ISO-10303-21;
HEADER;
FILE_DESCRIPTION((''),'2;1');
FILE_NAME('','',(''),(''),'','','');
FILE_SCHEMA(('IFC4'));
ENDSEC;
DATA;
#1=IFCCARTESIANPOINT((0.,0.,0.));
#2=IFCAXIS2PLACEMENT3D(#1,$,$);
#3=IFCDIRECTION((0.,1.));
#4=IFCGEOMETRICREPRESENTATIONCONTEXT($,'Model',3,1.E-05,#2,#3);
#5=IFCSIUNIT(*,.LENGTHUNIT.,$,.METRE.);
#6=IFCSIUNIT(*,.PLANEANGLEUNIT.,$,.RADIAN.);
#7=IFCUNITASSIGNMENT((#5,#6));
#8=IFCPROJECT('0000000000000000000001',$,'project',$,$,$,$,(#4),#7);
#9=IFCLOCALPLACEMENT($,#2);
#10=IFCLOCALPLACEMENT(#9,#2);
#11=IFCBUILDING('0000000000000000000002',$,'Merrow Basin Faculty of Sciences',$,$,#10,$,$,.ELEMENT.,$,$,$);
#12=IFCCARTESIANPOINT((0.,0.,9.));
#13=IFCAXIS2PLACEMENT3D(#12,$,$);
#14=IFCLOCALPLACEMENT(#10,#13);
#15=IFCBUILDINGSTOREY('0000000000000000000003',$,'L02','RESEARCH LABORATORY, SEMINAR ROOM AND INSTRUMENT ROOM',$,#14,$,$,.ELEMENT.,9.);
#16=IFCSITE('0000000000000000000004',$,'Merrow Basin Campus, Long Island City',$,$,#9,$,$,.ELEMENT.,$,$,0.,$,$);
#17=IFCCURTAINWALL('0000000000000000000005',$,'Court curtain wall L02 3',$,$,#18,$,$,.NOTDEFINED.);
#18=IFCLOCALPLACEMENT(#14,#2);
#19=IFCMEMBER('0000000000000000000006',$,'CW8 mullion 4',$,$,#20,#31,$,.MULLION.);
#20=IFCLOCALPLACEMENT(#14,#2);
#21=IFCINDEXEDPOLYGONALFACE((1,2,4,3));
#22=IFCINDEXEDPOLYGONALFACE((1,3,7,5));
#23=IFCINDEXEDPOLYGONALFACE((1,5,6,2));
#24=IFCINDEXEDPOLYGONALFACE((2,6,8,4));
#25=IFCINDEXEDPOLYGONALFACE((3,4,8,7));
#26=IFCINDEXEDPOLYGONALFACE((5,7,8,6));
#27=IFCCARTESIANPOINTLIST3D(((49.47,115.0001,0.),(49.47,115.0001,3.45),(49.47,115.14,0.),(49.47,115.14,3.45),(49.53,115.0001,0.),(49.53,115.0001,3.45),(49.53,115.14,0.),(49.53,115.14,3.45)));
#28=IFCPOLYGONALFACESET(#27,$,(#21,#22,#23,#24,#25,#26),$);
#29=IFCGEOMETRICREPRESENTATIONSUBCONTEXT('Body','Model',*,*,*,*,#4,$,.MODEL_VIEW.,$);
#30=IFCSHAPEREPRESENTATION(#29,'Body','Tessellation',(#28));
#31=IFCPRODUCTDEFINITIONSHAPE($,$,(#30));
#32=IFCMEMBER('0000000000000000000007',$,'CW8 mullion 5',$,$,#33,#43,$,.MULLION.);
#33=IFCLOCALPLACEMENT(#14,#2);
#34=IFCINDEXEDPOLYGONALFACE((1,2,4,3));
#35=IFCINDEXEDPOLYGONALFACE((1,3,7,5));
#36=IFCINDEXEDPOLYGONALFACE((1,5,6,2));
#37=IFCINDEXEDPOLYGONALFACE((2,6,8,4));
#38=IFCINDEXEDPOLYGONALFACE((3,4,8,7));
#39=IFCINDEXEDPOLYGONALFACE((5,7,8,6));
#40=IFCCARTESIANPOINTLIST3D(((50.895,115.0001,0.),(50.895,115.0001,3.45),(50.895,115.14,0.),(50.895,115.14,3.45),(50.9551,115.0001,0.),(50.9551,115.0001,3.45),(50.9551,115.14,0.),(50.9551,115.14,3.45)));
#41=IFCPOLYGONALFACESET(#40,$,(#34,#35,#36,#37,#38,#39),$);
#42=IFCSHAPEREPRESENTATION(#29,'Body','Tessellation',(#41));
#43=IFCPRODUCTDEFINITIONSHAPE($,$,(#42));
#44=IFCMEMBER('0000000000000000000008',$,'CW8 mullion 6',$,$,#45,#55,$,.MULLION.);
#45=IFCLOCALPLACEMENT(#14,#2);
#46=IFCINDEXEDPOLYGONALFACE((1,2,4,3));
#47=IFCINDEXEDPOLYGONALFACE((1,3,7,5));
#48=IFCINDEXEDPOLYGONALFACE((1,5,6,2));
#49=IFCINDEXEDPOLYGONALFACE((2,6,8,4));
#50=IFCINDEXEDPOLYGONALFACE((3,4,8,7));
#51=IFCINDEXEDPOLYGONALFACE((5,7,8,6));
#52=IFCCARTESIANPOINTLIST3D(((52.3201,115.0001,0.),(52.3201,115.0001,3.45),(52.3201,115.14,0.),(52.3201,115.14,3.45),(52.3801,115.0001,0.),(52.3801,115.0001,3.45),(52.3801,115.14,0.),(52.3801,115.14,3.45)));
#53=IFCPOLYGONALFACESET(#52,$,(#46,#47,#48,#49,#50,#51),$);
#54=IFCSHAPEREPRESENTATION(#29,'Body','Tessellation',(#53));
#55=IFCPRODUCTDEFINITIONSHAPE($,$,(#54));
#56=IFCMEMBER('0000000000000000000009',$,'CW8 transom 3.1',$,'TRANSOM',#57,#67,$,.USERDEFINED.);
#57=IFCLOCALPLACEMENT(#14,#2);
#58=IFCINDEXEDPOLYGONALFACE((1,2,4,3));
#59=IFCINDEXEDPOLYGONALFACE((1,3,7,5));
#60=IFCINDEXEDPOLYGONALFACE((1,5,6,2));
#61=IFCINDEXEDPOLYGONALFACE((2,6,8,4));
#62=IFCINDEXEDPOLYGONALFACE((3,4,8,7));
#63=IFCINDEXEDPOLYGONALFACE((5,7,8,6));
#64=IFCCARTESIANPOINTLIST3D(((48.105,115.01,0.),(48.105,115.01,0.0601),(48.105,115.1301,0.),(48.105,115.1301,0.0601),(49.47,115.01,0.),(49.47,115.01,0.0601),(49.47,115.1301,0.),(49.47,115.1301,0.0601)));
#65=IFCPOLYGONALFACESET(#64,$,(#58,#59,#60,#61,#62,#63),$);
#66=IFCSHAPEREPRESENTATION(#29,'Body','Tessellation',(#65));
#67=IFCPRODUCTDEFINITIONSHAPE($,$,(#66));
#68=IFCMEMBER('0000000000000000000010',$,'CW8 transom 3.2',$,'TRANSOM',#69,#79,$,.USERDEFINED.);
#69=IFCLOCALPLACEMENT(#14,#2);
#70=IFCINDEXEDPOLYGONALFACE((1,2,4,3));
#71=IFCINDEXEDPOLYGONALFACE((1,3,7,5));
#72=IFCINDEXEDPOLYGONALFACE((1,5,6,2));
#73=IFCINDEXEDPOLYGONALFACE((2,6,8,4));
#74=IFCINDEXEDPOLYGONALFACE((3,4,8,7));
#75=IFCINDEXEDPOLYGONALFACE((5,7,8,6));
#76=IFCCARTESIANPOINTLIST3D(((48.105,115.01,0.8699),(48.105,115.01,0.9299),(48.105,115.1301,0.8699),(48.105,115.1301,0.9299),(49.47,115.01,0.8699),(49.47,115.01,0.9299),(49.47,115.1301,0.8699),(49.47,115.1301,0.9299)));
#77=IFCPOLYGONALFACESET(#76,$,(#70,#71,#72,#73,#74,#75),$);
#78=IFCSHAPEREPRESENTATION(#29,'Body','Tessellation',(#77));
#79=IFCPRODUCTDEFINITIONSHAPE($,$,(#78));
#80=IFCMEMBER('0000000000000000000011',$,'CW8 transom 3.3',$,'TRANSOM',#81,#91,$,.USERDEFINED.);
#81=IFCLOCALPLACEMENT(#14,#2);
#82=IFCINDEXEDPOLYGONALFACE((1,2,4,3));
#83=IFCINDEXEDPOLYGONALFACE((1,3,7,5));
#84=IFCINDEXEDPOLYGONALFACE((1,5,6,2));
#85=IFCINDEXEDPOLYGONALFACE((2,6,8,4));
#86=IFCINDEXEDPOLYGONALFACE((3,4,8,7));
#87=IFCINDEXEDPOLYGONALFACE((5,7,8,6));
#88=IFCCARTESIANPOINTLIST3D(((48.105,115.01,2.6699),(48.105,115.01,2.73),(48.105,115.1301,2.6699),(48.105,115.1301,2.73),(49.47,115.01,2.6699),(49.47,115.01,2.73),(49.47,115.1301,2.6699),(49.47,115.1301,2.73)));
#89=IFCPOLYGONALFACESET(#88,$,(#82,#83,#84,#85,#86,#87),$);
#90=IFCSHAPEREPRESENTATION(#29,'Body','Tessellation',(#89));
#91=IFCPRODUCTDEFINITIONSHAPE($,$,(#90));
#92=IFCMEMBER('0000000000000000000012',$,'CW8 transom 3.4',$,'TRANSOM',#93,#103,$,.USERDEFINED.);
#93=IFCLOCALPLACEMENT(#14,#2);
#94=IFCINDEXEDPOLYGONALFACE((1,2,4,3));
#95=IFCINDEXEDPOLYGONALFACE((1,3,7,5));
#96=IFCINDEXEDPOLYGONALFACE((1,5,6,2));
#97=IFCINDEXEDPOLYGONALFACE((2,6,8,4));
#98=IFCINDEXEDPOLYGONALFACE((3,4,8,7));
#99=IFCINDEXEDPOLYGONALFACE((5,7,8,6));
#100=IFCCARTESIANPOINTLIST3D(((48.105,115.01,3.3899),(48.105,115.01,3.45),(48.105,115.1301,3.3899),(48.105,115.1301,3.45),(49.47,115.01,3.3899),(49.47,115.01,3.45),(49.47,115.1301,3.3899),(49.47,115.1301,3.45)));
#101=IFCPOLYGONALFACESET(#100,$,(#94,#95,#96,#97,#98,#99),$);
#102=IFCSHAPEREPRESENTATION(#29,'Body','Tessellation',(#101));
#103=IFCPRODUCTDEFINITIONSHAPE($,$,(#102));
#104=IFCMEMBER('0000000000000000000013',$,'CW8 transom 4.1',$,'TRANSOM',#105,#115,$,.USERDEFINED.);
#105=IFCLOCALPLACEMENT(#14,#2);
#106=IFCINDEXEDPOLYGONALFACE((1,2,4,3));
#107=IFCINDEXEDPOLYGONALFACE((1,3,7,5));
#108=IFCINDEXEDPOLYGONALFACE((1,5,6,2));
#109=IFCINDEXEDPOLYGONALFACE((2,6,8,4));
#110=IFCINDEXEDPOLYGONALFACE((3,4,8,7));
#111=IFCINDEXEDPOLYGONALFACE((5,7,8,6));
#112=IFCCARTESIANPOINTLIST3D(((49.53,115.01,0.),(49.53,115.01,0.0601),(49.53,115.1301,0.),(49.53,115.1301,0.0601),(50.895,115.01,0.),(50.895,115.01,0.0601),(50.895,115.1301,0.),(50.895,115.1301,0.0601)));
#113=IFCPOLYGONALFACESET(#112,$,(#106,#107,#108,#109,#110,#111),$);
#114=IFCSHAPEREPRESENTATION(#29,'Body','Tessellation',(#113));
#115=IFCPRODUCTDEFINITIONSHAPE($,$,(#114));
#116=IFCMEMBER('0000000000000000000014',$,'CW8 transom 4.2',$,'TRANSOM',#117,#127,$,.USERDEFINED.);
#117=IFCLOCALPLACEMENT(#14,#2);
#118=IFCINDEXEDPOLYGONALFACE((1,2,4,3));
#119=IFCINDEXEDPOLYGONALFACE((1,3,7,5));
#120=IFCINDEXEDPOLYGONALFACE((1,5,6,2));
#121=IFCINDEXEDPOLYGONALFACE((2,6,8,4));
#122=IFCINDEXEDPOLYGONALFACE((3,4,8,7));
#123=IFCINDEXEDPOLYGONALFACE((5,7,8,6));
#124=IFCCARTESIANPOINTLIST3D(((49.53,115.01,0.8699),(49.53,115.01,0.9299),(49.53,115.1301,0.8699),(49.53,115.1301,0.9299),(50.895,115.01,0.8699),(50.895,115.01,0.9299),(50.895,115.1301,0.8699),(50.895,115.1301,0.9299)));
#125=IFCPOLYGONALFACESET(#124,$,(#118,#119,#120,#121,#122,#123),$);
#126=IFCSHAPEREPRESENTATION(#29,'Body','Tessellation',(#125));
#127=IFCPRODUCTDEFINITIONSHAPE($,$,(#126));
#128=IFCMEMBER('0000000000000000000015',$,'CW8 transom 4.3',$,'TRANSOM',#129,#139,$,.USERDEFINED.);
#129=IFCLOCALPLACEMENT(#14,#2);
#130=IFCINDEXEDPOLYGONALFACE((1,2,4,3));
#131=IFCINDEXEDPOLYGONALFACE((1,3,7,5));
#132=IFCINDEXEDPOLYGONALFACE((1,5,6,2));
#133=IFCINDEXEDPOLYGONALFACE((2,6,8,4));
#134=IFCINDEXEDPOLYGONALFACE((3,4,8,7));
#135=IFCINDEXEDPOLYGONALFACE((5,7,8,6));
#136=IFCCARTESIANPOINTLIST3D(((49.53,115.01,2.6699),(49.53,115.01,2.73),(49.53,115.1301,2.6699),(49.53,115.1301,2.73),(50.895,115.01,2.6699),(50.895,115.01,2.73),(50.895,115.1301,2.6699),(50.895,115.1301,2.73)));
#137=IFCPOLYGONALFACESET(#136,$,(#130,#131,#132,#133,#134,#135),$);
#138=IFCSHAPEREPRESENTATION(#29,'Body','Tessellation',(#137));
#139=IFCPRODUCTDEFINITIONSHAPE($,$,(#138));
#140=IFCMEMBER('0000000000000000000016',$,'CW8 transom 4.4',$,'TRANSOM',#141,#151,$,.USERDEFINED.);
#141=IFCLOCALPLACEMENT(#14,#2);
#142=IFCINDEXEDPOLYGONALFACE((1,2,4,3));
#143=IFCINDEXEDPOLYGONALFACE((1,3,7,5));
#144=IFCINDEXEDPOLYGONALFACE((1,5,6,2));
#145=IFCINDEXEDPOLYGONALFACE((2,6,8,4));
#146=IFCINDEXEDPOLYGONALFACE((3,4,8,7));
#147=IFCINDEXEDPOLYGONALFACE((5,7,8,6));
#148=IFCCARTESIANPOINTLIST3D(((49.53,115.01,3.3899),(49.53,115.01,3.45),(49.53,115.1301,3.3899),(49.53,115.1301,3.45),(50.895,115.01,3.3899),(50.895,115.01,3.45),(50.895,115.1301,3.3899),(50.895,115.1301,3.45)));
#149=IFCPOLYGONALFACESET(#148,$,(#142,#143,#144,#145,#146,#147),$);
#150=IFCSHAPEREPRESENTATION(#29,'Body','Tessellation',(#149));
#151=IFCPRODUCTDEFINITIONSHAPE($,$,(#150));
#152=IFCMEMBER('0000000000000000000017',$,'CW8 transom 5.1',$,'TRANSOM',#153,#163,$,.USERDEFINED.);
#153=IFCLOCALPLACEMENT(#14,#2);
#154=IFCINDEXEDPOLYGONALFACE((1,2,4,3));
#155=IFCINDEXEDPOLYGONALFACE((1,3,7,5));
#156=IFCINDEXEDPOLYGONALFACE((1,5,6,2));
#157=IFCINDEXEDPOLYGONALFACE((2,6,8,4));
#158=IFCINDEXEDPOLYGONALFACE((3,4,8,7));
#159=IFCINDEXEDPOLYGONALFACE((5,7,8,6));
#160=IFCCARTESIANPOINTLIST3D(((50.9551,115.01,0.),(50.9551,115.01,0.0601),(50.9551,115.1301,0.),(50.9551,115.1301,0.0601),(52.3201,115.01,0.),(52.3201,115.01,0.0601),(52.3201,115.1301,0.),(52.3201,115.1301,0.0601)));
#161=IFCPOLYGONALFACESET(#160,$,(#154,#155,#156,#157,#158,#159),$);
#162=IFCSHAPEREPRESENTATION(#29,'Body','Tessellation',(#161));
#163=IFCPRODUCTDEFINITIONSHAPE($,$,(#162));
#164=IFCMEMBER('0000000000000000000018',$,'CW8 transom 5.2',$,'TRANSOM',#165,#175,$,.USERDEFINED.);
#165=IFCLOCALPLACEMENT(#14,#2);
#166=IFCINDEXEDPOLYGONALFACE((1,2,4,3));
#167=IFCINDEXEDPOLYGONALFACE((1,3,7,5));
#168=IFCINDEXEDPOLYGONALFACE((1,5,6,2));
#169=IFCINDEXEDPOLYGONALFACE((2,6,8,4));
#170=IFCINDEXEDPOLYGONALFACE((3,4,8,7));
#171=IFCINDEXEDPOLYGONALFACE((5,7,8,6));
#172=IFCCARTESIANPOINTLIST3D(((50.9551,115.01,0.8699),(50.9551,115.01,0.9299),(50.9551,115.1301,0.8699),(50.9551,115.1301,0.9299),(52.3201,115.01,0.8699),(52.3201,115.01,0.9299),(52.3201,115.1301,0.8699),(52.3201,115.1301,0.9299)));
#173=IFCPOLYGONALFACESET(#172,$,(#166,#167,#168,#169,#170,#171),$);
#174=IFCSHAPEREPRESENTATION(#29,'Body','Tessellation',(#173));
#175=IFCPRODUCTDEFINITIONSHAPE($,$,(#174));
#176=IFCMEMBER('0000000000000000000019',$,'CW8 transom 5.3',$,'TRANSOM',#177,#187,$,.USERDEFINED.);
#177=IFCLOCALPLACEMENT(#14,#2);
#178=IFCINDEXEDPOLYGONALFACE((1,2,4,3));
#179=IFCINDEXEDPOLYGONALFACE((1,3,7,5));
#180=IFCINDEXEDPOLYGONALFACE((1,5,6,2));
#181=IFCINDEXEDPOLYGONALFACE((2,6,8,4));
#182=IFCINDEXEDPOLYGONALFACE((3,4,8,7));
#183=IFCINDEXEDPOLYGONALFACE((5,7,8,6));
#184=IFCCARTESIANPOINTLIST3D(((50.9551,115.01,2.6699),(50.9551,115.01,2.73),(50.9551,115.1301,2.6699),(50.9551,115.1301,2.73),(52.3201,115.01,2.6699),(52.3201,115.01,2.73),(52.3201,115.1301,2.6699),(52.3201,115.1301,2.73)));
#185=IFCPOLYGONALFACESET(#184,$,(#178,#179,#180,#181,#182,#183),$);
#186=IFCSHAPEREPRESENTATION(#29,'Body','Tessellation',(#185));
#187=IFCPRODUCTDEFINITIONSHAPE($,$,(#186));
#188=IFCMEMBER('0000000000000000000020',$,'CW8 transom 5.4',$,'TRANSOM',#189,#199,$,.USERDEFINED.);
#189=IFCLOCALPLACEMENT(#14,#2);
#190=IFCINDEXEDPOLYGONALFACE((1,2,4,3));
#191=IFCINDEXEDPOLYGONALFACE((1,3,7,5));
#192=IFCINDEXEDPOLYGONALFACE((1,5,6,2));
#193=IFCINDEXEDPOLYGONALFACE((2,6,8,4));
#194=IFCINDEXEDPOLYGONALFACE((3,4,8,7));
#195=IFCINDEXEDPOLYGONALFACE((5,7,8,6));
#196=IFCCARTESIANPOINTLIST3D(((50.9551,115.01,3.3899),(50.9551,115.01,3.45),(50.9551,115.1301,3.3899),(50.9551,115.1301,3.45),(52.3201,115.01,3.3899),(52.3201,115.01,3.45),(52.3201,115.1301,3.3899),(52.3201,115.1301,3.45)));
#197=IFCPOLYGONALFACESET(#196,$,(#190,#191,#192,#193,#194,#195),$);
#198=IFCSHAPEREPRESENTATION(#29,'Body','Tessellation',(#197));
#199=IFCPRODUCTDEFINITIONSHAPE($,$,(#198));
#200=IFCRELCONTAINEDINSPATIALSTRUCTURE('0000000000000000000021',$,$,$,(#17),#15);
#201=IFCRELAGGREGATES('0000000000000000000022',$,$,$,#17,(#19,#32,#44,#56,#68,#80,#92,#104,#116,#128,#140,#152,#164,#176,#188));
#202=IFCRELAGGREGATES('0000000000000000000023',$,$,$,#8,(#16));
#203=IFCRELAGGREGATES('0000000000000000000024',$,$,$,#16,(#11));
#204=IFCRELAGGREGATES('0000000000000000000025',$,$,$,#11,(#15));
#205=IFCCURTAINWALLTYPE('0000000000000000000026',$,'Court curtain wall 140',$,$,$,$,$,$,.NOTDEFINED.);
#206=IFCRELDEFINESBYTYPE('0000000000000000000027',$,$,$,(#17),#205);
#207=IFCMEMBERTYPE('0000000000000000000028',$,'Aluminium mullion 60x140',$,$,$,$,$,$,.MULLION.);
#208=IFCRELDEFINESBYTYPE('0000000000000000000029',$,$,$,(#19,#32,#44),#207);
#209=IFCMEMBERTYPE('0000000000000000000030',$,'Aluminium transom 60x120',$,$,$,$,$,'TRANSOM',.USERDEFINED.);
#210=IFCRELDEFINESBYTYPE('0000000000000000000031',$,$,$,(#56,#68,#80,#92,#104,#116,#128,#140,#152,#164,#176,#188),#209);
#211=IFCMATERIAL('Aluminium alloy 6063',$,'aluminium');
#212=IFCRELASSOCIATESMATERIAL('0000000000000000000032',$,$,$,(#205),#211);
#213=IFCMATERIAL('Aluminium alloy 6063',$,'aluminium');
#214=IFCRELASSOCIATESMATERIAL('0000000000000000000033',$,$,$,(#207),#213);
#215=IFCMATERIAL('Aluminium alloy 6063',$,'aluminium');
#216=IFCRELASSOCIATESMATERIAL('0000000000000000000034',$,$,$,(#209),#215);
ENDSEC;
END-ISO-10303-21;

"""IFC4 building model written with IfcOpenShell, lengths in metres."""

from ifc_helpers import new_model, si_unit, direction, frame, origin, origin_2d, place, context, subcontext, project, spatial, rectangle, extrude, material, material_profile, profile_set, type_object, element, aggregate, save


model = new_model("IFC4")

# Units and contexts
model_context = context("Model", 3, precision=1e-05, world=origin(), true_north=direction((0.0, 1.0)))
body_context = subcontext(model_context, "Body", "Model", "MODEL_VIEW")
ifc_project = project(units=[si_unit("LENGTHUNIT", "METRE"), si_unit("PLANEANGLEUNIT", "RADIAN")], contexts=[model_context])

# Site, building, storey
site_placement = place(None, origin())
site = spatial("IfcSite", under=ifc_project, at=site_placement, Name="Merrow Basin Campus, Long Island City", CompositionType="ELEMENT", RefElevation=0.0)
building_placement = place(site_placement, origin())
building = spatial("IfcBuilding", under=site, at=building_placement, Name="Merrow Basin Faculty of Sciences", CompositionType="ELEMENT")
storey_placement = place(building_placement, frame((0.0, 0.0, 9.0)))
storey = spatial("IfcBuildingStorey", under=building, at=storey_placement, Name="L02", Description="RESEARCH LABORATORY, SEMINAR ROOM AND INSTRUMENT ROOM", CompositionType="ELEMENT", Elevation=9.0)

# Curtain wall, members
ifc_material_1 = material(Name="Aluminium alloy 6063", Category="aluminium")
curtain_wall_type = type_object("IfcCurtainWallType", Name="Court curtain wall 140", PredefinedType="NOTDEFINED", material=ifc_material_1)
curtain_wall_placement = place(storey_placement, origin())
curtain_wall = element("IfcCurtainWall", 1, at=curtain_wall_placement, inside=storey, type_object=curtain_wall_type, Name="Court curtain wall L02 3", PredefinedType="NOTDEFINED")
ifc_material_2 = material(Name="Aluminium alloy 6063", Category="aluminium")
ifc_material_profile_1 = material_profile(ifc_material_2, rectangle(XDim=0.1399, YDim=0.0601, at=origin_2d()))
ifc_profile_set_1 = profile_set([ifc_material_profile_1], Name="Aluminium alloy 6063")
member_type_1 = type_object("IfcMemberType", Name="Aluminium mullion 60x140", PredefinedType="MULLION", material=ifc_profile_set_1)
member_1_placement = place(storey_placement, frame((49.5, 115.0701, 0.0), z_axis=(0.0, 0.0, 1.0), x_axis=(0.0, 1.0, 0.0)))
member_1 = element("IfcMember", 2, at=member_1_placement, type_object=member_type_1, Name="CW8 mullion 4", PredefinedType="MULLION", context=body_context, shape_type="SweptSolid", body=[
    extrude(rectangle(XDim=0.1399, YDim=0.0601, at=origin_2d()), origin(), (0.0, 0.0, 1.0), 3.45),
])
member_2_placement = place(storey_placement, frame((50.925, 115.0701, 0.0), z_axis=(0.0, 0.0, 1.0), x_axis=(0.0, 1.0, 0.0)))
member_2 = element("IfcMember", 3, at=member_2_placement, type_object=member_type_1, Name="CW8 mullion 5", PredefinedType="MULLION", context=body_context, shape_type="SweptSolid", body=[
    extrude(rectangle(XDim=0.1399, YDim=0.0601, at=origin_2d()), origin(), (0.0, 0.0, 1.0), 3.45),
])
member_3_placement = place(storey_placement, frame((52.3501, 115.0701, 0.0), z_axis=(0.0, 0.0, 1.0), x_axis=(0.0, 1.0, 0.0)))
member_3 = element("IfcMember", 4, at=member_3_placement, type_object=member_type_1, Name="CW8 mullion 6", PredefinedType="MULLION", context=body_context, shape_type="SweptSolid", body=[
    extrude(rectangle(XDim=0.1399, YDim=0.0601, at=origin_2d()), origin(), (0.0, 0.0, 1.0), 3.45),
])
ifc_material_3 = material(Name="Aluminium alloy 6063", Category="aluminium")
ifc_material_profile_2 = material_profile(ifc_material_3, rectangle(XDim=0.1201, YDim=0.0601, at=origin_2d()))
ifc_profile_set_2 = profile_set([ifc_material_profile_2], Name="Aluminium alloy 6063")
member_type_2 = type_object("IfcMemberType", Name="Aluminium transom 60x120", ElementType="TRANSOM", PredefinedType="USERDEFINED", material=ifc_profile_set_2)
member_4_placement = place(storey_placement, frame((48.105, 115.0701, 0.03), z_axis=(1.0, 0.0, 0.0), x_axis=(0.0, 1.0, 0.0)))
member_4 = element("IfcMember", 5, at=member_4_placement, type_object=member_type_2, Name="CW8 transom 3.1", ObjectType="TRANSOM", PredefinedType="USERDEFINED", context=body_context, shape_type="SweptSolid", body=[
    extrude(rectangle(XDim=0.1201, YDim=0.0601, at=origin_2d()), origin(), (0.0, 0.0, 1.0), 1.365),
])
member_5_placement = place(storey_placement, frame((48.105, 115.0701, 0.8999), z_axis=(1.0, 0.0, 0.0), x_axis=(0.0, 1.0, 0.0)))
member_5 = element("IfcMember", 6, at=member_5_placement, type_object=member_type_2, Name="CW8 transom 3.2", ObjectType="TRANSOM", PredefinedType="USERDEFINED", context=body_context, shape_type="SweptSolid", body=[
    extrude(rectangle(XDim=0.1201, YDim=0.0601, at=origin_2d()), origin(), (0.0, 0.0, 1.0), 1.365),
])
member_6_placement = place(storey_placement, frame((48.105, 115.0701, 2.7), z_axis=(1.0, 0.0, 0.0), x_axis=(0.0, 1.0, 0.0)))
member_6 = element("IfcMember", 7, at=member_6_placement, type_object=member_type_2, Name="CW8 transom 3.3", ObjectType="TRANSOM", PredefinedType="USERDEFINED", context=body_context, shape_type="SweptSolid", body=[
    extrude(rectangle(XDim=0.1201, YDim=0.0601, at=origin_2d()), origin(), (0.0, 0.0, 1.0), 1.365),
])
member_7_placement = place(storey_placement, frame((48.105, 115.0701, 3.4199), z_axis=(1.0, 0.0, 0.0), x_axis=(0.0, 1.0, 0.0)))
member_7 = element("IfcMember", 8, at=member_7_placement, type_object=member_type_2, Name="CW8 transom 3.4", ObjectType="TRANSOM", PredefinedType="USERDEFINED", context=body_context, shape_type="SweptSolid", body=[
    extrude(rectangle(XDim=0.1201, YDim=0.0601, at=origin_2d()), origin(), (0.0, 0.0, 1.0), 1.365),
])
member_8_placement = place(storey_placement, frame((49.53, 115.0701, 0.03), z_axis=(1.0, 0.0, 0.0), x_axis=(0.0, 1.0, 0.0)))
member_8 = element("IfcMember", 9, at=member_8_placement, type_object=member_type_2, Name="CW8 transom 4.1", ObjectType="TRANSOM", PredefinedType="USERDEFINED", context=body_context, shape_type="SweptSolid", body=[
    extrude(rectangle(XDim=0.1201, YDim=0.0601, at=origin_2d()), origin(), (0.0, 0.0, 1.0), 1.365),
])
member_9_placement = place(storey_placement, frame((49.53, 115.0701, 0.8999), z_axis=(1.0, 0.0, 0.0), x_axis=(0.0, 1.0, 0.0)))
member_9 = element("IfcMember", 10, at=member_9_placement, type_object=member_type_2, Name="CW8 transom 4.2", ObjectType="TRANSOM", PredefinedType="USERDEFINED", context=body_context, shape_type="SweptSolid", body=[
    extrude(rectangle(XDim=0.1201, YDim=0.0601, at=origin_2d()), origin(), (0.0, 0.0, 1.0), 1.365),
])
member_10_placement = place(storey_placement, frame((49.53, 115.0701, 2.7), z_axis=(1.0, 0.0, 0.0), x_axis=(0.0, 1.0, 0.0)))
member_10 = element("IfcMember", 11, at=member_10_placement, type_object=member_type_2, Name="CW8 transom 4.3", ObjectType="TRANSOM", PredefinedType="USERDEFINED", context=body_context, shape_type="SweptSolid", body=[
    extrude(rectangle(XDim=0.1201, YDim=0.0601, at=origin_2d()), origin(), (0.0, 0.0, 1.0), 1.365),
])
member_11_placement = place(storey_placement, frame((49.53, 115.0701, 3.4199), z_axis=(1.0, 0.0, 0.0), x_axis=(0.0, 1.0, 0.0)))
member_11 = element("IfcMember", 12, at=member_11_placement, type_object=member_type_2, Name="CW8 transom 4.4", ObjectType="TRANSOM", PredefinedType="USERDEFINED", context=body_context, shape_type="SweptSolid", body=[
    extrude(rectangle(XDim=0.1201, YDim=0.0601, at=origin_2d()), origin(), (0.0, 0.0, 1.0), 1.365),
])
member_12_placement = place(storey_placement, frame((50.9551, 115.0701, 0.03), z_axis=(1.0, 0.0, 0.0), x_axis=(0.0, 1.0, 0.0)))
member_12 = element("IfcMember", 13, at=member_12_placement, type_object=member_type_2, Name="CW8 transom 5.1", ObjectType="TRANSOM", PredefinedType="USERDEFINED", context=body_context, shape_type="SweptSolid", body=[
    extrude(rectangle(XDim=0.1201, YDim=0.0601, at=origin_2d()), origin(), (0.0, 0.0, 1.0), 1.365),
])
member_13_placement = place(storey_placement, frame((50.9551, 115.0701, 0.8999), z_axis=(1.0, 0.0, 0.0), x_axis=(0.0, 1.0, 0.0)))
member_13 = element("IfcMember", 14, at=member_13_placement, type_object=member_type_2, Name="CW8 transom 5.2", ObjectType="TRANSOM", PredefinedType="USERDEFINED", context=body_context, shape_type="SweptSolid", body=[
    extrude(rectangle(XDim=0.1201, YDim=0.0601, at=origin_2d()), origin(), (0.0, 0.0, 1.0), 1.365),
])
member_14_placement = place(storey_placement, frame((50.9551, 115.0701, 2.7), z_axis=(1.0, 0.0, 0.0), x_axis=(0.0, 1.0, 0.0)))
member_14 = element("IfcMember", 15, at=member_14_placement, type_object=member_type_2, Name="CW8 transom 5.3", ObjectType="TRANSOM", PredefinedType="USERDEFINED", context=body_context, shape_type="SweptSolid", body=[
    extrude(rectangle(XDim=0.1201, YDim=0.0601, at=origin_2d()), origin(), (0.0, 0.0, 1.0), 1.365),
])
member_15_placement = place(storey_placement, frame((50.9551, 115.0701, 3.4199), z_axis=(1.0, 0.0, 0.0), x_axis=(0.0, 1.0, 0.0)))
member_15 = element("IfcMember", 16, at=member_15_placement, type_object=member_type_2, Name="CW8 transom 5.4", ObjectType="TRANSOM", PredefinedType="USERDEFINED", context=body_context, shape_type="SweptSolid", body=[
    extrude(rectangle(XDim=0.1201, YDim=0.0601, at=origin_2d()), origin(), (0.0, 0.0, 1.0), 1.365),
])
aggregate(curtain_wall, [member_1, member_2, member_3, member_4, member_5, member_6, member_7, member_8, member_9, member_10, member_11, member_12, member_13, member_14, member_15])

save(model, "model.ifc")
